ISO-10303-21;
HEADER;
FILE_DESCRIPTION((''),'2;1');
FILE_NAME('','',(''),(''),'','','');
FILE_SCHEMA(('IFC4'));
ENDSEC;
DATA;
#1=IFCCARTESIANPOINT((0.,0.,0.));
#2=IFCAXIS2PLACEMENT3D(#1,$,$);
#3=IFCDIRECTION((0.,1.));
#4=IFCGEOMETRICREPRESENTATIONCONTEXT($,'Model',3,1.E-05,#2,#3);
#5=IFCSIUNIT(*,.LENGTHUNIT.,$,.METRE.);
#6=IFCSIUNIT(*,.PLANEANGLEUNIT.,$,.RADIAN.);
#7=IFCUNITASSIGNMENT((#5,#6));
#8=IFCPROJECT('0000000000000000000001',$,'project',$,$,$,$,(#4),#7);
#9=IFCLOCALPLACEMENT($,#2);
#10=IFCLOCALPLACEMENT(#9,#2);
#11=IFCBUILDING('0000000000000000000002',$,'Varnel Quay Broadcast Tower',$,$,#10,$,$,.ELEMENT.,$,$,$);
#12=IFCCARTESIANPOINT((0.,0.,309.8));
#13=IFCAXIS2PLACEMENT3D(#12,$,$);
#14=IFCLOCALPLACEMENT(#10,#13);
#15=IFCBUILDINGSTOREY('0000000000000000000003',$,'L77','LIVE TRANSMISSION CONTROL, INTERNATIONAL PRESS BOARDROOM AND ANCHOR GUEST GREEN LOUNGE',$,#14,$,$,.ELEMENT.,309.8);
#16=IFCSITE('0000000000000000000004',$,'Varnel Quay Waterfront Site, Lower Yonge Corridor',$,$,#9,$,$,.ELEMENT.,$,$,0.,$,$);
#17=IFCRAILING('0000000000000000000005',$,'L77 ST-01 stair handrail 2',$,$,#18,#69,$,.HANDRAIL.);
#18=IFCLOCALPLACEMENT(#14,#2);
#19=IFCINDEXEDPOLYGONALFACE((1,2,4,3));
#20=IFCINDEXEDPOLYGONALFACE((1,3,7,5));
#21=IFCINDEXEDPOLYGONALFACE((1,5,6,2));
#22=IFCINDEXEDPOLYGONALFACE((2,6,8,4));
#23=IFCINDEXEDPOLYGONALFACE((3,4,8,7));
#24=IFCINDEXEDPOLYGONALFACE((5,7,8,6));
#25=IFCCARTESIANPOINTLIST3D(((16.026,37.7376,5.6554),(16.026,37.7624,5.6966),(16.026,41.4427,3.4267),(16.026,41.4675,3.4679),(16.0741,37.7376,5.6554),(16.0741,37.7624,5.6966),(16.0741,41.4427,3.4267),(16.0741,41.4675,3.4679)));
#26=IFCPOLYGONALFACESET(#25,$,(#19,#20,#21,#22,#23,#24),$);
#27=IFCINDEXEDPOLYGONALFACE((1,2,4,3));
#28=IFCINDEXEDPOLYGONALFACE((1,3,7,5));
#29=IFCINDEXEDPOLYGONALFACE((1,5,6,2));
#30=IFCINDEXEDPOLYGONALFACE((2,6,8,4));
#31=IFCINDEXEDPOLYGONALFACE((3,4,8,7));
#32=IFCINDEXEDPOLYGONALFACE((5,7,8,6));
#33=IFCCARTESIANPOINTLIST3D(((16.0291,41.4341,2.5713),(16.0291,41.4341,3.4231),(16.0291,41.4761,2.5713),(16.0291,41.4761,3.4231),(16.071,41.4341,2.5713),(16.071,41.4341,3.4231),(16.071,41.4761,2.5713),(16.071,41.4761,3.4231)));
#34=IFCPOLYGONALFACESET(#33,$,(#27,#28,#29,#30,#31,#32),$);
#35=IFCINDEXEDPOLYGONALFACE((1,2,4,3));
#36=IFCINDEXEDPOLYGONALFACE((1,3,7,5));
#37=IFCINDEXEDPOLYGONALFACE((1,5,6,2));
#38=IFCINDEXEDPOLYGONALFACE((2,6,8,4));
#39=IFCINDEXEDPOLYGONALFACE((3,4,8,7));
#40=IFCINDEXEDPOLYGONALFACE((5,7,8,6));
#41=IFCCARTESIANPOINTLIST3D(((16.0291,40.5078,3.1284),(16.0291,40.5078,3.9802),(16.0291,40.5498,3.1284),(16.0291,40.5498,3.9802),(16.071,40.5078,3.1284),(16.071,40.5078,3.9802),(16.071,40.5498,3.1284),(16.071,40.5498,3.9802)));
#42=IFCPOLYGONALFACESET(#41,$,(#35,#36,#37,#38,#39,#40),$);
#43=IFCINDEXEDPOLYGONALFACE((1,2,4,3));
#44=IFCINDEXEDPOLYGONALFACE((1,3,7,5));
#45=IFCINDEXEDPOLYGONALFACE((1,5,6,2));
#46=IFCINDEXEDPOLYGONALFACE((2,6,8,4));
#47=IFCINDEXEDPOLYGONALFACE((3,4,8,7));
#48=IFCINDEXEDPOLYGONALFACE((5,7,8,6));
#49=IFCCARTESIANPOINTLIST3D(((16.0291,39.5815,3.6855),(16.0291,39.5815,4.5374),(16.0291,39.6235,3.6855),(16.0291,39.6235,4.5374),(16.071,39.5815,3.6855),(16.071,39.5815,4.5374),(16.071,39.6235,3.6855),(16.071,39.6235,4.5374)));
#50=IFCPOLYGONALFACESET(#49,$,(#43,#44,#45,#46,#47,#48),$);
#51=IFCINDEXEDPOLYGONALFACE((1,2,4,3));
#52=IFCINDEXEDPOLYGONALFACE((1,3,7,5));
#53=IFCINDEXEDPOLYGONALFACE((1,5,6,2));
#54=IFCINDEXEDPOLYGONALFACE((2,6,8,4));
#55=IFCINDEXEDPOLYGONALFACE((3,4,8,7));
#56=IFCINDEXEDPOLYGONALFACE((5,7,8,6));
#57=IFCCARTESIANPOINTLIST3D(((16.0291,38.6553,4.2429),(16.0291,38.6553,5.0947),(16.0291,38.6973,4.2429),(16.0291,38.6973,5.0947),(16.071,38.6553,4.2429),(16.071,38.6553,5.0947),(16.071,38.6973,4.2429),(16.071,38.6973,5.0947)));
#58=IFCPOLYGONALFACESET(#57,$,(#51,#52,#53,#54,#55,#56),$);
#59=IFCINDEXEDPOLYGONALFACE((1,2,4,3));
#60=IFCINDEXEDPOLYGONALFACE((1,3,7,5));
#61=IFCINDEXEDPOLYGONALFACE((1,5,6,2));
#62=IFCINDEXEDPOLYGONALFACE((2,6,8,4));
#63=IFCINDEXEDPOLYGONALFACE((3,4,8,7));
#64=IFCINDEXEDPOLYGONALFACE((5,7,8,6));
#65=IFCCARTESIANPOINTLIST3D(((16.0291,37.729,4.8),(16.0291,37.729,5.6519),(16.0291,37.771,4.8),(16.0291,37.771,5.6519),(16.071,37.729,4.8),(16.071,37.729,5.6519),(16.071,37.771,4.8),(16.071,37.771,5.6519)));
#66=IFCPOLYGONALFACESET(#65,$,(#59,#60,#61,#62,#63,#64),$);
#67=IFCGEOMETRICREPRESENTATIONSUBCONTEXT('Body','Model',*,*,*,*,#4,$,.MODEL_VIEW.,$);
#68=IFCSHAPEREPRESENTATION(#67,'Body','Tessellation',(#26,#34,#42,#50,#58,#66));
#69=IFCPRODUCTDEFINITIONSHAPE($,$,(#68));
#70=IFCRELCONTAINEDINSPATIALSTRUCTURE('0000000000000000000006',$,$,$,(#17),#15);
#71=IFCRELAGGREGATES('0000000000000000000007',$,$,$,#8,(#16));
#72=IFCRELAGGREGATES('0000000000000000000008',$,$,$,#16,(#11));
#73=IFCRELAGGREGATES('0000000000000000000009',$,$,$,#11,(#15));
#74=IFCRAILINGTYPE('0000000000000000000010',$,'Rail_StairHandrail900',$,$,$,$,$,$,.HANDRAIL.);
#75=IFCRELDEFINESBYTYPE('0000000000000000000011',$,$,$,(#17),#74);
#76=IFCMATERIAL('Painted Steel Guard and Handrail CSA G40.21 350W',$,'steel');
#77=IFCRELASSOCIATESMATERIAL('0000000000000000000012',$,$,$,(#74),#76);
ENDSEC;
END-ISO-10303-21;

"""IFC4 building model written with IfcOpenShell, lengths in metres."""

from ifc_helpers import new_model, si_unit, direction, frame, origin, origin_2d, place, context, subcontext, project, spatial, rectangle, extrude, material, type_object, element, save


model = new_model("IFC4")

# Units and contexts
model_context = context("Model", 3, precision=1e-05, world=origin(), true_north=direction((0.0, 1.0)))
body_context = subcontext(model_context, "Body", "Model", "MODEL_VIEW")
ifc_project = project(units=[si_unit("LENGTHUNIT", "METRE"), si_unit("PLANEANGLEUNIT", "RADIAN")], contexts=[model_context])

# Site, building, storey
site_placement = place(None, origin())
site = spatial("IfcSite", under=ifc_project, at=site_placement, Name="Varnel Quay Waterfront Site, Lower Yonge Corridor", CompositionType="ELEMENT", RefElevation=0.0)
building_placement = place(site_placement, origin())
building = spatial("IfcBuilding", under=site, at=building_placement, Name="Varnel Quay Broadcast Tower", CompositionType="ELEMENT")
storey_placement = place(building_placement, frame((0.0, 0.0, 309.8)))
storey = spatial("IfcBuildingStorey", under=building, at=storey_placement, Name="L77", Description="LIVE TRANSMISSION CONTROL, INTERNATIONAL PRESS BOARDROOM AND ANCHOR GUEST GREEN LOUNGE", CompositionType="ELEMENT", Elevation=309.8)

# Railing
ifc_material_1 = material(Name="Painted Steel Guard and Handrail CSA G40.21 350W", Category="steel")
railing_type_1 = type_object("IfcRailingType", Name="Rail_StairHandrail900", PredefinedType="HANDRAIL", material=ifc_material_1)
railing_1_placement = place(storey_placement, frame((16.05, 41.4551, 2.5713)))
element("IfcRailing", 1, at=railing_1_placement, inside=storey, type_object=railing_type_1, Name="L77 ST-01 stair handrail 2", PredefinedType="HANDRAIL", context=body_context, shape_type="SweptSolid", body=[
    extrude(rectangle(XDim=0.0481, YDim=0.0481, at=origin_2d()), frame((0.0, 0.0, 0.876), z_axis=(0.0, -0.856909, 0.515467), x_axis=(1.0, 0.0, 0.0)), (0.0, 0.0, 1.0), 4.3237),
    extrude(rectangle(XDim=0.042, YDim=0.042, at=origin_2d()), origin(), (0.0, 0.0, 1.0), 0.8518),
    extrude(rectangle(XDim=0.042, YDim=0.042, at=origin_2d()), frame((0.0, -0.9263, 0.5571)), (0.0, 0.0, 1.0), 0.8518),
    extrude(rectangle(XDim=0.042, YDim=0.042, at=origin_2d()), frame((0.0, -1.8525, 1.1143)), (0.0, 0.0, 1.0), 0.8518),
    extrude(rectangle(XDim=0.042, YDim=0.042, at=origin_2d()), frame((0.0, -2.7788, 1.6716)), (0.0, 0.0, 1.0), 0.8518),
    extrude(rectangle(XDim=0.042, YDim=0.042, at=origin_2d()), frame((0.0, -3.7051, 2.2288)), (0.0, 0.0, 1.0), 0.8518),
])

save(model, "model.ifc")
